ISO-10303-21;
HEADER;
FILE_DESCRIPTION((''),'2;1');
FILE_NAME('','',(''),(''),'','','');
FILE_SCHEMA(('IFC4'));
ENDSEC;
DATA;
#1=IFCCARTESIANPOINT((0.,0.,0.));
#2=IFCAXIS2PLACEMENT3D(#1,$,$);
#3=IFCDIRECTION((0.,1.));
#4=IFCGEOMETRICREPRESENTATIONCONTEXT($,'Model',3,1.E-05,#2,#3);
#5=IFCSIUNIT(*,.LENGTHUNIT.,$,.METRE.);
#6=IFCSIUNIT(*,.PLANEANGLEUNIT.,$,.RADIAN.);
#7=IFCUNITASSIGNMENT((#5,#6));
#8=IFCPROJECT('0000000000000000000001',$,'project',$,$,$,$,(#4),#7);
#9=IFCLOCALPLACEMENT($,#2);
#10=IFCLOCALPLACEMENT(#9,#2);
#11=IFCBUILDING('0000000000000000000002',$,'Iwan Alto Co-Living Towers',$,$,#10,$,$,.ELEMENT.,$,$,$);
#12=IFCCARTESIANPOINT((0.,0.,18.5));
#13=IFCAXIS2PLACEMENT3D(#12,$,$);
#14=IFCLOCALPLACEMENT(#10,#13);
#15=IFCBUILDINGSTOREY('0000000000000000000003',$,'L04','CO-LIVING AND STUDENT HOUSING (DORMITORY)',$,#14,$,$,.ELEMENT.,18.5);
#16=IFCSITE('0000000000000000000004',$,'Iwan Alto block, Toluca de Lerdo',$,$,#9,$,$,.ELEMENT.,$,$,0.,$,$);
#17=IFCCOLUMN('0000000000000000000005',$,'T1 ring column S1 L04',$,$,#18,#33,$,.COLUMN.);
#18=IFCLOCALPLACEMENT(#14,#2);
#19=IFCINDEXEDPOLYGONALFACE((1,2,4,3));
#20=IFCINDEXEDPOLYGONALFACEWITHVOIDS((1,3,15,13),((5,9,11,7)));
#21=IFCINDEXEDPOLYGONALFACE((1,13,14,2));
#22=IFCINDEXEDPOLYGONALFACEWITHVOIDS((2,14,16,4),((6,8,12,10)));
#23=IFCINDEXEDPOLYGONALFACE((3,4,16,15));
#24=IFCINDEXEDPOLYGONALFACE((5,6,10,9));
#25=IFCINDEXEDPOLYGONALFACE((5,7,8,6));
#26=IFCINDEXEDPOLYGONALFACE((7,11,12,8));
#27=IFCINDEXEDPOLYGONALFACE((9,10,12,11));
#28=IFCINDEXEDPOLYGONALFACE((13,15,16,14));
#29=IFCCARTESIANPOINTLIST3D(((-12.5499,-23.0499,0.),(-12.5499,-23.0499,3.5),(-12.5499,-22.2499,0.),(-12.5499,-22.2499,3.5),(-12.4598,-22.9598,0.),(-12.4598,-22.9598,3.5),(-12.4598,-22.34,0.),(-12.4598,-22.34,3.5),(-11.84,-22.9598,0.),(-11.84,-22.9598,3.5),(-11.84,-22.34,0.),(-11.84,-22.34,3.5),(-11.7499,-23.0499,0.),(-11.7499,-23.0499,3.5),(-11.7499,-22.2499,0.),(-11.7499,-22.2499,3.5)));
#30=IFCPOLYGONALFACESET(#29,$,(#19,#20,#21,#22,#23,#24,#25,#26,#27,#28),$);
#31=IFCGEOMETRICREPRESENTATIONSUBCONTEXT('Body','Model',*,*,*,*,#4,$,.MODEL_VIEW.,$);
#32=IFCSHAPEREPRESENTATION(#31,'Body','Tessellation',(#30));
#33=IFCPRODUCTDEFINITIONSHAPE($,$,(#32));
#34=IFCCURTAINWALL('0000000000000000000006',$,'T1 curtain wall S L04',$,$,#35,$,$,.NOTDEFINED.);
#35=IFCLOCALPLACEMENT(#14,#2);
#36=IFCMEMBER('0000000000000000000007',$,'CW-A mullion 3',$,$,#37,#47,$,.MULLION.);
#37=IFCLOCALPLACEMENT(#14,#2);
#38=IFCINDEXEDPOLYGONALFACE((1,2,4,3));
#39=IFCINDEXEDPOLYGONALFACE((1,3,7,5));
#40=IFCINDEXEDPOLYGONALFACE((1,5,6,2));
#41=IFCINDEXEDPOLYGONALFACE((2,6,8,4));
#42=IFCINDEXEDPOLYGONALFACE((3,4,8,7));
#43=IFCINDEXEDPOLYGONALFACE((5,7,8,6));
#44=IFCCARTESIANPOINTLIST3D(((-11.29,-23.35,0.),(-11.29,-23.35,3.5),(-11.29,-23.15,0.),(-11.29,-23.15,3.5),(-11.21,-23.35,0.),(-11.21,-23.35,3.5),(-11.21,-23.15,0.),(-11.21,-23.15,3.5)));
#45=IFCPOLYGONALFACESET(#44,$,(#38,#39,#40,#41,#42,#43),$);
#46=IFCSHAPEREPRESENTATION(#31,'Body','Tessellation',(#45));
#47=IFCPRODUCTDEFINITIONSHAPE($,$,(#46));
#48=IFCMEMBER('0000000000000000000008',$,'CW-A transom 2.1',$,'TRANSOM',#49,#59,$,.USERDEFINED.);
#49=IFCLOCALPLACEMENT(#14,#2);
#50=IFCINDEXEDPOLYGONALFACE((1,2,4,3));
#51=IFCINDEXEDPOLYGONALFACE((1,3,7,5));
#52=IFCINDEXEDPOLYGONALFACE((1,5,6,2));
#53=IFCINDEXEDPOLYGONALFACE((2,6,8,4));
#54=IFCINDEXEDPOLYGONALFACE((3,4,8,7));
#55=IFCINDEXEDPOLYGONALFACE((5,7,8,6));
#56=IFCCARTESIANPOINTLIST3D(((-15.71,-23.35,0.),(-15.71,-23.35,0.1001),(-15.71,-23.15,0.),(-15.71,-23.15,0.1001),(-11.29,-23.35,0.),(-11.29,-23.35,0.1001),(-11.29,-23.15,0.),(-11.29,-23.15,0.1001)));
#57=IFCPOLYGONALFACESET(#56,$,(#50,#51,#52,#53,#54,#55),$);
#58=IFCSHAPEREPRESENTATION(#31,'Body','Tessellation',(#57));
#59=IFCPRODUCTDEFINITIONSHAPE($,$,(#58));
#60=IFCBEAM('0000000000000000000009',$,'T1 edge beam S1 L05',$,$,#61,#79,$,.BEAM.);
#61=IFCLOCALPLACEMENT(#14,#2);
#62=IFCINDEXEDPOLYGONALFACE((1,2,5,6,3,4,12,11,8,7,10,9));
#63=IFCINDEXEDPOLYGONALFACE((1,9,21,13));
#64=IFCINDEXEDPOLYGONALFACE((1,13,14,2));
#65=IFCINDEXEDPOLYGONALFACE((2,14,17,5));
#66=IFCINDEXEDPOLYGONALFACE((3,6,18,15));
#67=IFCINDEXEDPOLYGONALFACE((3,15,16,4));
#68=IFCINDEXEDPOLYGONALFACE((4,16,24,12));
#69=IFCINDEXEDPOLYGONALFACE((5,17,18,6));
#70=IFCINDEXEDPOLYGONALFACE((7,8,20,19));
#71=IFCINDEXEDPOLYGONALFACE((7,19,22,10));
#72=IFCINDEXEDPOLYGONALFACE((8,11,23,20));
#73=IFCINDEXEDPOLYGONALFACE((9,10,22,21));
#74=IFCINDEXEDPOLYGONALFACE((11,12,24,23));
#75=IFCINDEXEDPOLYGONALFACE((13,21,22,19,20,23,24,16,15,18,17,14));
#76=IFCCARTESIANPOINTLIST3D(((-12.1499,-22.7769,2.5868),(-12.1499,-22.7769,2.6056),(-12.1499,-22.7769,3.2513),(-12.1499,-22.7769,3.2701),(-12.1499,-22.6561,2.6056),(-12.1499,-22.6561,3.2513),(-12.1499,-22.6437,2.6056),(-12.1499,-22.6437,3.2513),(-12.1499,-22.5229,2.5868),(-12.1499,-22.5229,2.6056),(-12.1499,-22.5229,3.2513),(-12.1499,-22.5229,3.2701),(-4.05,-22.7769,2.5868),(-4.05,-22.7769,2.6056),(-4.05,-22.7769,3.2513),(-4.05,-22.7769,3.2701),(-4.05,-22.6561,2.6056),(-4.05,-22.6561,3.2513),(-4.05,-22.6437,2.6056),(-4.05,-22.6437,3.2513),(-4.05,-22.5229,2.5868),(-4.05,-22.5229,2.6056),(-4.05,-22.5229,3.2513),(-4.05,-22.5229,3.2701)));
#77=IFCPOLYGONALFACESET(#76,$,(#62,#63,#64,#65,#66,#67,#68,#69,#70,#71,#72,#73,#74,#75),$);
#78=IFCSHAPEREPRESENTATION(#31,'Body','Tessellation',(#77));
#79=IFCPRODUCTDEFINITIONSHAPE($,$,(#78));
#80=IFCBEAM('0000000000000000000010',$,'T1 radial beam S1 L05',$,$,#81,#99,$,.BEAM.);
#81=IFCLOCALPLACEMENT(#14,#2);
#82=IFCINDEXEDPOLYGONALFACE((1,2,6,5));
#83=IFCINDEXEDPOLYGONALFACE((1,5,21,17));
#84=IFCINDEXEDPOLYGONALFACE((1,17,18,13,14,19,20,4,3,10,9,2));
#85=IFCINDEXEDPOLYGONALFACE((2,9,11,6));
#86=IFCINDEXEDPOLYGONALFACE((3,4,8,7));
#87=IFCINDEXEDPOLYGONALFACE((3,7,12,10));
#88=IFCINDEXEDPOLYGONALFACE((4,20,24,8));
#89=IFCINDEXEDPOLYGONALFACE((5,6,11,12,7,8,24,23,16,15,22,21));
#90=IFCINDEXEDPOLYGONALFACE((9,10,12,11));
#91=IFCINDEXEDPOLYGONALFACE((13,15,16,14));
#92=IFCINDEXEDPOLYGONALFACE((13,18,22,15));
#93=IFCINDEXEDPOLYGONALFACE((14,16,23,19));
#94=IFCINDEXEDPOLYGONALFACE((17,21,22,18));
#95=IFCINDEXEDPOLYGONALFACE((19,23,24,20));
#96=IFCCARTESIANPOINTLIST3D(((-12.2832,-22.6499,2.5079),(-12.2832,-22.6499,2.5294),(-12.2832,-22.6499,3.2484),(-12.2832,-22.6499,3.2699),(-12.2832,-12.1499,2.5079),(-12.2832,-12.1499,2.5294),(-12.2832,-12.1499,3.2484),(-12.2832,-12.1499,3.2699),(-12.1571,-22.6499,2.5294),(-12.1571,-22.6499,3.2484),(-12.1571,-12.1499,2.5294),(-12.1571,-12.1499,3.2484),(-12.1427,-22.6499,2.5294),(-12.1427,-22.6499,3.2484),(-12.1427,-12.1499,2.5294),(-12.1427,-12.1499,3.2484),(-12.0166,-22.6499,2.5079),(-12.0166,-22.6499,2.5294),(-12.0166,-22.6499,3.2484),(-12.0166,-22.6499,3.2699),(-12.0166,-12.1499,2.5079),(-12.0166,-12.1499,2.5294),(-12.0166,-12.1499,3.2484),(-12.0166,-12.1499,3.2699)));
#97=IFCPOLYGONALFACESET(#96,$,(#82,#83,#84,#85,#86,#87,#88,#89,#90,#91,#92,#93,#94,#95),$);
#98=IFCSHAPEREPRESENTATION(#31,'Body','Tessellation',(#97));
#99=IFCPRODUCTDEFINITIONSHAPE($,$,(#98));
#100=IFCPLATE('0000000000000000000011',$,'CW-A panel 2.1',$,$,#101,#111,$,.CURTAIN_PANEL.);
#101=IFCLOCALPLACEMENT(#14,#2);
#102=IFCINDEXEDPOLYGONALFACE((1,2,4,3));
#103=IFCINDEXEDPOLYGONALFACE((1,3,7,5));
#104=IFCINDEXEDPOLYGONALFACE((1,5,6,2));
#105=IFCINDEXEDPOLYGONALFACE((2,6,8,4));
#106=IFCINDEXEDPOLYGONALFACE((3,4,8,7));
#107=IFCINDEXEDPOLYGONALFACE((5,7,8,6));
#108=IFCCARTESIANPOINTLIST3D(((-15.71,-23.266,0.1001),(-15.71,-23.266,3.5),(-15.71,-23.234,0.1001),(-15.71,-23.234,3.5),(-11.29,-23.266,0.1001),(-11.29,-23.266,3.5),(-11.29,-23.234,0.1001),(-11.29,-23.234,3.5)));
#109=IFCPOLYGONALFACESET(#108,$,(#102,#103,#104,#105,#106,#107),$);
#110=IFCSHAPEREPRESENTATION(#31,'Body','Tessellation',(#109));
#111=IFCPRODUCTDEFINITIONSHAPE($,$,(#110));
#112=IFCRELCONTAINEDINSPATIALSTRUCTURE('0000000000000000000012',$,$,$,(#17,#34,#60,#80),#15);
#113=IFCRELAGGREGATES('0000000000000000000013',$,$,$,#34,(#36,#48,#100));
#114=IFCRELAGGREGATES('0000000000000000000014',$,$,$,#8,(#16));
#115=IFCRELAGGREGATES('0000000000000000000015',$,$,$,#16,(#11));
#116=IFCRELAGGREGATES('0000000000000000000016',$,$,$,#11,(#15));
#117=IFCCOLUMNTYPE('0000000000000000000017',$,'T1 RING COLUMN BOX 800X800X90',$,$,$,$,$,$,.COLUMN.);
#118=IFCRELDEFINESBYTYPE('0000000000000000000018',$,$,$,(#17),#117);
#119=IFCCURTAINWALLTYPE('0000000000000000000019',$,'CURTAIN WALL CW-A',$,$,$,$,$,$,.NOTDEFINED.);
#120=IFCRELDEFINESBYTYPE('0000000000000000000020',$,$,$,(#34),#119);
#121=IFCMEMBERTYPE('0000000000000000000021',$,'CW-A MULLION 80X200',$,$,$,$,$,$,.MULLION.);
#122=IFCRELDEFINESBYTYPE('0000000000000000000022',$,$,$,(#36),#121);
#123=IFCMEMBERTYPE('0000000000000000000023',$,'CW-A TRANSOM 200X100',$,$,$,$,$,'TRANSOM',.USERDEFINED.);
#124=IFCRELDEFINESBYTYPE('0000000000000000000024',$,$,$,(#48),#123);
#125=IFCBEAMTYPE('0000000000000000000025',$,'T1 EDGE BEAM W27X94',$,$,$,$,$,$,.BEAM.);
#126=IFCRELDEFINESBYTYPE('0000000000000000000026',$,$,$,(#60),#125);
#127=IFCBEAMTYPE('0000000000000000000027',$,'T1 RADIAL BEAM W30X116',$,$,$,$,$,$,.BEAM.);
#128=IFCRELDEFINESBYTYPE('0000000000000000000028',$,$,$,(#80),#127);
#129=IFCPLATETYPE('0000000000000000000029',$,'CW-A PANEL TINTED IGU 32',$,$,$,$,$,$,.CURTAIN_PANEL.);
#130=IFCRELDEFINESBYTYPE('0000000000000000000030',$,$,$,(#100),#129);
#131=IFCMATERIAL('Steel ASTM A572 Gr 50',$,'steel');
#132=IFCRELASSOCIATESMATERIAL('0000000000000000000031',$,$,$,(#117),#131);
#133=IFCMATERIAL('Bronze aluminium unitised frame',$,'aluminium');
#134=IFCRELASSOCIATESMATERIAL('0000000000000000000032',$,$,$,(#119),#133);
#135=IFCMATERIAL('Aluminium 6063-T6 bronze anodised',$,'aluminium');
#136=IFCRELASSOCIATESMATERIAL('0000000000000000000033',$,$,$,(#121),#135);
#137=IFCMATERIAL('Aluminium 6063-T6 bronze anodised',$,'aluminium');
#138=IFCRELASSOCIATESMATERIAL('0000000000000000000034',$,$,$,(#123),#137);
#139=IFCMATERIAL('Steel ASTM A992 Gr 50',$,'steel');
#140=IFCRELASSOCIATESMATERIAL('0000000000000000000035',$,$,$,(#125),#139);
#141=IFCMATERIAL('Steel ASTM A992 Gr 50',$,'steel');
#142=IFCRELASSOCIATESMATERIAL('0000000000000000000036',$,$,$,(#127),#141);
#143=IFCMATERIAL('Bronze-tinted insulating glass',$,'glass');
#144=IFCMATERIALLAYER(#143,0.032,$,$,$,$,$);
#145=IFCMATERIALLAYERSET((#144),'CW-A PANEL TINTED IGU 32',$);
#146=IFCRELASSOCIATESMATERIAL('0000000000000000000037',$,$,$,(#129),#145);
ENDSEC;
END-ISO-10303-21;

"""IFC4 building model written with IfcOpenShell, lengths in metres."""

from ifc_helpers import new_model, si_unit, direction, frame, origin, origin_2d, place, context, subcontext, project, spatial, rectangle, hollow_rectangle, i_section, extrude, material, layer, layer_set, material_profile, profile_set, type_object, element, aggregate, save


model = new_model("IFC4")

# Units and contexts
model_context = context("Model", 3, precision=1e-05, world=origin(), true_north=direction((0.0, 1.0)))
body_context = subcontext(model_context, "Body", "Model", "MODEL_VIEW")
ifc_project = project(units=[si_unit("LENGTHUNIT", "METRE"), si_unit("PLANEANGLEUNIT", "RADIAN")], contexts=[model_context])

# Site, building, storey
site_placement = place(None, origin())
site = spatial("IfcSite", under=ifc_project, at=site_placement, Name="Iwan Alto block, Toluca de Lerdo", CompositionType="ELEMENT", RefElevation=0.0)
building_placement = place(site_placement, origin())
building = spatial("IfcBuilding", under=site, at=building_placement, Name="Iwan Alto Co-Living Towers", CompositionType="ELEMENT")
storey_placement = place(building_placement, frame((0.0, 0.0, 18.5)))
storey = spatial("IfcBuildingStorey", under=building, at=storey_placement, Name="L04", Description="CO-LIVING AND STUDENT HOUSING (DORMITORY)", CompositionType="ELEMENT", Elevation=18.5)

# Column
ifc_material_1 = material(Name="Steel ASTM A572 Gr 50", Category="steel")
ifc_material_profile_1 = material_profile(ifc_material_1, hollow_rectangle(XDim=0.8, YDim=0.8, WallThickness=0.0901, at=origin_2d()), Name="BOX 800X800X90")
ifc_profile_set_1 = profile_set([ifc_material_profile_1], Name="Steel ASTM A572 Gr 50")
column_type = type_object("IfcColumnType", Name="T1 RING COLUMN BOX 800X800X90", PredefinedType="COLUMN", material=ifc_profile_set_1)
column_placement = place(storey_placement, frame((-12.1499, -22.6499, 0.0), z_axis=(0.0, 0.0, 1.0), x_axis=(1.0, 0.0, 0.0)))
element("IfcColumn", 1, at=column_placement, inside=storey, type_object=column_type, Name="T1 ring column S1 L04", PredefinedType="COLUMN", context=body_context, shape_type="SweptSolid", body=[
    extrude(hollow_rectangle(XDim=0.8, YDim=0.8, WallThickness=0.0901, at=origin_2d()), origin(), (0.0, 0.0, 1.0), 3.5),
])

# Curtain wall, members
ifc_material_2 = material(Name="Bronze aluminium unitised frame", Category="aluminium")
curtain_wall_type = type_object("IfcCurtainWallType", Name="CURTAIN WALL CW-A", PredefinedType="NOTDEFINED", material=ifc_material_2)
curtain_wall_placement = place(storey_placement, origin())
curtain_wall = element("IfcCurtainWall", 2, at=curtain_wall_placement, inside=storey, type_object=curtain_wall_type, Name="T1 curtain wall S L04", PredefinedType="NOTDEFINED")
ifc_material_3 = material(Name="Aluminium 6063-T6 bronze anodised", Category="aluminium")
ifc_material_profile_2 = material_profile(ifc_material_3, rectangle(XDim=0.2, YDim=0.0801, at=origin_2d()), Name="AL 80X200")
ifc_profile_set_2 = profile_set([ifc_material_profile_2], Name="Aluminium 6063-T6 bronze anodised")
member_type_1 = type_object("IfcMemberType", Name="CW-A MULLION 80X200", PredefinedType="MULLION", material=ifc_profile_set_2)
member_1_placement = place(storey_placement, frame((-11.25, -23.25, 0.0), z_axis=(0.0, 0.0, 1.0), x_axis=(0.0, 1.0, 0.0)))
member_1 = element("IfcMember", 3, at=member_1_placement, type_object=member_type_1, Name="CW-A mullion 3", PredefinedType="MULLION", context=body_context, shape_type="SweptSolid", body=[
    extrude(rectangle(XDim=0.2, YDim=0.0801, at=origin_2d()), origin(), (0.0, 0.0, 1.0), 3.5),
])
ifc_material_4 = material(Name="Aluminium 6063-T6 bronze anodised", Category="aluminium")
ifc_material_profile_3 = material_profile(ifc_material_4, rectangle(XDim=0.2, YDim=0.1001, at=origin_2d()), Name="AL 200X100")
ifc_profile_set_3 = profile_set([ifc_material_profile_3], Name="Aluminium 6063-T6 bronze anodised")
member_type_2 = type_object("IfcMemberType", Name="CW-A TRANSOM 200X100", ElementType="TRANSOM", PredefinedType="USERDEFINED", material=ifc_profile_set_3)
member_2_placement = place(storey_placement, frame((-15.71, -23.25, 0.05), z_axis=(1.0, 0.0, 0.0), x_axis=(0.0, 1.0, 0.0)))
member_2 = element("IfcMember", 4, at=member_2_placement, type_object=member_type_2, Name="CW-A transom 2.1", ObjectType="TRANSOM", PredefinedType="USERDEFINED", context=body_context, shape_type="SweptSolid", body=[
    extrude(rectangle(XDim=0.2, YDim=0.1001, at=origin_2d()), origin(), (0.0, 0.0, 1.0), 4.4199),
])

# Beams
ifc_material_5 = material(Name="Steel ASTM A992 Gr 50", Category="steel")
ifc_material_profile_4 = material_profile(ifc_material_5, i_section(OverallWidth=0.2539, OverallDepth=0.6833, WebThickness=0.0125, FlangeThickness=0.0188, at=origin_2d()), Name="W27X94")
ifc_profile_set_4 = profile_set([ifc_material_profile_4], Name="Steel ASTM A992 Gr 50")
beam_type_1 = type_object("IfcBeamType", Name="T1 EDGE BEAM W27X94", PredefinedType="BEAM", material=ifc_profile_set_4)
beam_1_placement = place(storey_placement, frame((-12.1499, -22.6499, 2.9285), z_axis=(1.0, 0.0, 0.0), x_axis=(0.0, 1.0, 0.0)))
element("IfcBeam", 5, at=beam_1_placement, inside=storey, type_object=beam_type_1, Name="T1 edge beam S1 L05", PredefinedType="BEAM", context=body_context, shape_type="SweptSolid", body=[
    extrude(i_section(OverallWidth=0.2539, OverallDepth=0.6833, WebThickness=0.0125, FlangeThickness=0.0188, at=origin_2d()), origin(), (0.0, 0.0, 1.0), 8.0999),
])
ifc_material_6 = material(Name="Steel ASTM A992 Gr 50", Category="steel")
ifc_material_profile_5 = material_profile(ifc_material_6, i_section(OverallWidth=0.2666, OverallDepth=0.762, WebThickness=0.0144, FlangeThickness=0.0215, at=origin_2d()), Name="W30X116")
ifc_profile_set_5 = profile_set([ifc_material_profile_5], Name="Steel ASTM A992 Gr 50")
beam_type_2 = type_object("IfcBeamType", Name="T1 RADIAL BEAM W30X116", PredefinedType="BEAM", material=ifc_profile_set_5)
beam_2_placement = place(storey_placement, frame((-12.1499, -22.6499, 2.8889), z_axis=(0.0, 1.0, 0.0), x_axis=(-1.0, 0.0, 0.0)))
element("IfcBeam", 6, at=beam_2_placement, inside=storey, type_object=beam_type_2, Name="T1 radial beam S1 L05", PredefinedType="BEAM", context=body_context, shape_type="SweptSolid", body=[
    extrude(i_section(OverallWidth=0.2666, OverallDepth=0.762, WebThickness=0.0144, FlangeThickness=0.0215, at=origin_2d()), origin(), (0.0, 0.0, 1.0), 10.5),
])

# Plate
ifc_material_7 = material(Name="Bronze-tinted insulating glass", Category="glass")
ifc_layer_1 = layer(ifc_material_7, 0.032)
ifc_layer_set_1 = layer_set([ifc_layer_1], Name="CW-A PANEL TINTED IGU 32")
plate_type = type_object("IfcPlateType", Name="CW-A PANEL TINTED IGU 32", PredefinedType="CURTAIN_PANEL", material=ifc_layer_set_1)
plate_placement = place(storey_placement, frame((-13.5, -23.25, 0.1001), z_axis=(0.0, 0.0, 1.0), x_axis=(1.0, 0.0, 0.0)))
plate = element("IfcPlate", 7, at=plate_placement, type_object=plate_type, Name="CW-A panel 2.1", PredefinedType="CURTAIN_PANEL", context=body_context, shape_type="SweptSolid", body=[
    extrude(rectangle(XDim=4.4199, YDim=0.032, at=origin_2d()), origin(), (0.0, 0.0, 1.0), 3.3999),
])
aggregate(curtain_wall, [member_1, member_2, plate])

save(model, "model.ifc")
